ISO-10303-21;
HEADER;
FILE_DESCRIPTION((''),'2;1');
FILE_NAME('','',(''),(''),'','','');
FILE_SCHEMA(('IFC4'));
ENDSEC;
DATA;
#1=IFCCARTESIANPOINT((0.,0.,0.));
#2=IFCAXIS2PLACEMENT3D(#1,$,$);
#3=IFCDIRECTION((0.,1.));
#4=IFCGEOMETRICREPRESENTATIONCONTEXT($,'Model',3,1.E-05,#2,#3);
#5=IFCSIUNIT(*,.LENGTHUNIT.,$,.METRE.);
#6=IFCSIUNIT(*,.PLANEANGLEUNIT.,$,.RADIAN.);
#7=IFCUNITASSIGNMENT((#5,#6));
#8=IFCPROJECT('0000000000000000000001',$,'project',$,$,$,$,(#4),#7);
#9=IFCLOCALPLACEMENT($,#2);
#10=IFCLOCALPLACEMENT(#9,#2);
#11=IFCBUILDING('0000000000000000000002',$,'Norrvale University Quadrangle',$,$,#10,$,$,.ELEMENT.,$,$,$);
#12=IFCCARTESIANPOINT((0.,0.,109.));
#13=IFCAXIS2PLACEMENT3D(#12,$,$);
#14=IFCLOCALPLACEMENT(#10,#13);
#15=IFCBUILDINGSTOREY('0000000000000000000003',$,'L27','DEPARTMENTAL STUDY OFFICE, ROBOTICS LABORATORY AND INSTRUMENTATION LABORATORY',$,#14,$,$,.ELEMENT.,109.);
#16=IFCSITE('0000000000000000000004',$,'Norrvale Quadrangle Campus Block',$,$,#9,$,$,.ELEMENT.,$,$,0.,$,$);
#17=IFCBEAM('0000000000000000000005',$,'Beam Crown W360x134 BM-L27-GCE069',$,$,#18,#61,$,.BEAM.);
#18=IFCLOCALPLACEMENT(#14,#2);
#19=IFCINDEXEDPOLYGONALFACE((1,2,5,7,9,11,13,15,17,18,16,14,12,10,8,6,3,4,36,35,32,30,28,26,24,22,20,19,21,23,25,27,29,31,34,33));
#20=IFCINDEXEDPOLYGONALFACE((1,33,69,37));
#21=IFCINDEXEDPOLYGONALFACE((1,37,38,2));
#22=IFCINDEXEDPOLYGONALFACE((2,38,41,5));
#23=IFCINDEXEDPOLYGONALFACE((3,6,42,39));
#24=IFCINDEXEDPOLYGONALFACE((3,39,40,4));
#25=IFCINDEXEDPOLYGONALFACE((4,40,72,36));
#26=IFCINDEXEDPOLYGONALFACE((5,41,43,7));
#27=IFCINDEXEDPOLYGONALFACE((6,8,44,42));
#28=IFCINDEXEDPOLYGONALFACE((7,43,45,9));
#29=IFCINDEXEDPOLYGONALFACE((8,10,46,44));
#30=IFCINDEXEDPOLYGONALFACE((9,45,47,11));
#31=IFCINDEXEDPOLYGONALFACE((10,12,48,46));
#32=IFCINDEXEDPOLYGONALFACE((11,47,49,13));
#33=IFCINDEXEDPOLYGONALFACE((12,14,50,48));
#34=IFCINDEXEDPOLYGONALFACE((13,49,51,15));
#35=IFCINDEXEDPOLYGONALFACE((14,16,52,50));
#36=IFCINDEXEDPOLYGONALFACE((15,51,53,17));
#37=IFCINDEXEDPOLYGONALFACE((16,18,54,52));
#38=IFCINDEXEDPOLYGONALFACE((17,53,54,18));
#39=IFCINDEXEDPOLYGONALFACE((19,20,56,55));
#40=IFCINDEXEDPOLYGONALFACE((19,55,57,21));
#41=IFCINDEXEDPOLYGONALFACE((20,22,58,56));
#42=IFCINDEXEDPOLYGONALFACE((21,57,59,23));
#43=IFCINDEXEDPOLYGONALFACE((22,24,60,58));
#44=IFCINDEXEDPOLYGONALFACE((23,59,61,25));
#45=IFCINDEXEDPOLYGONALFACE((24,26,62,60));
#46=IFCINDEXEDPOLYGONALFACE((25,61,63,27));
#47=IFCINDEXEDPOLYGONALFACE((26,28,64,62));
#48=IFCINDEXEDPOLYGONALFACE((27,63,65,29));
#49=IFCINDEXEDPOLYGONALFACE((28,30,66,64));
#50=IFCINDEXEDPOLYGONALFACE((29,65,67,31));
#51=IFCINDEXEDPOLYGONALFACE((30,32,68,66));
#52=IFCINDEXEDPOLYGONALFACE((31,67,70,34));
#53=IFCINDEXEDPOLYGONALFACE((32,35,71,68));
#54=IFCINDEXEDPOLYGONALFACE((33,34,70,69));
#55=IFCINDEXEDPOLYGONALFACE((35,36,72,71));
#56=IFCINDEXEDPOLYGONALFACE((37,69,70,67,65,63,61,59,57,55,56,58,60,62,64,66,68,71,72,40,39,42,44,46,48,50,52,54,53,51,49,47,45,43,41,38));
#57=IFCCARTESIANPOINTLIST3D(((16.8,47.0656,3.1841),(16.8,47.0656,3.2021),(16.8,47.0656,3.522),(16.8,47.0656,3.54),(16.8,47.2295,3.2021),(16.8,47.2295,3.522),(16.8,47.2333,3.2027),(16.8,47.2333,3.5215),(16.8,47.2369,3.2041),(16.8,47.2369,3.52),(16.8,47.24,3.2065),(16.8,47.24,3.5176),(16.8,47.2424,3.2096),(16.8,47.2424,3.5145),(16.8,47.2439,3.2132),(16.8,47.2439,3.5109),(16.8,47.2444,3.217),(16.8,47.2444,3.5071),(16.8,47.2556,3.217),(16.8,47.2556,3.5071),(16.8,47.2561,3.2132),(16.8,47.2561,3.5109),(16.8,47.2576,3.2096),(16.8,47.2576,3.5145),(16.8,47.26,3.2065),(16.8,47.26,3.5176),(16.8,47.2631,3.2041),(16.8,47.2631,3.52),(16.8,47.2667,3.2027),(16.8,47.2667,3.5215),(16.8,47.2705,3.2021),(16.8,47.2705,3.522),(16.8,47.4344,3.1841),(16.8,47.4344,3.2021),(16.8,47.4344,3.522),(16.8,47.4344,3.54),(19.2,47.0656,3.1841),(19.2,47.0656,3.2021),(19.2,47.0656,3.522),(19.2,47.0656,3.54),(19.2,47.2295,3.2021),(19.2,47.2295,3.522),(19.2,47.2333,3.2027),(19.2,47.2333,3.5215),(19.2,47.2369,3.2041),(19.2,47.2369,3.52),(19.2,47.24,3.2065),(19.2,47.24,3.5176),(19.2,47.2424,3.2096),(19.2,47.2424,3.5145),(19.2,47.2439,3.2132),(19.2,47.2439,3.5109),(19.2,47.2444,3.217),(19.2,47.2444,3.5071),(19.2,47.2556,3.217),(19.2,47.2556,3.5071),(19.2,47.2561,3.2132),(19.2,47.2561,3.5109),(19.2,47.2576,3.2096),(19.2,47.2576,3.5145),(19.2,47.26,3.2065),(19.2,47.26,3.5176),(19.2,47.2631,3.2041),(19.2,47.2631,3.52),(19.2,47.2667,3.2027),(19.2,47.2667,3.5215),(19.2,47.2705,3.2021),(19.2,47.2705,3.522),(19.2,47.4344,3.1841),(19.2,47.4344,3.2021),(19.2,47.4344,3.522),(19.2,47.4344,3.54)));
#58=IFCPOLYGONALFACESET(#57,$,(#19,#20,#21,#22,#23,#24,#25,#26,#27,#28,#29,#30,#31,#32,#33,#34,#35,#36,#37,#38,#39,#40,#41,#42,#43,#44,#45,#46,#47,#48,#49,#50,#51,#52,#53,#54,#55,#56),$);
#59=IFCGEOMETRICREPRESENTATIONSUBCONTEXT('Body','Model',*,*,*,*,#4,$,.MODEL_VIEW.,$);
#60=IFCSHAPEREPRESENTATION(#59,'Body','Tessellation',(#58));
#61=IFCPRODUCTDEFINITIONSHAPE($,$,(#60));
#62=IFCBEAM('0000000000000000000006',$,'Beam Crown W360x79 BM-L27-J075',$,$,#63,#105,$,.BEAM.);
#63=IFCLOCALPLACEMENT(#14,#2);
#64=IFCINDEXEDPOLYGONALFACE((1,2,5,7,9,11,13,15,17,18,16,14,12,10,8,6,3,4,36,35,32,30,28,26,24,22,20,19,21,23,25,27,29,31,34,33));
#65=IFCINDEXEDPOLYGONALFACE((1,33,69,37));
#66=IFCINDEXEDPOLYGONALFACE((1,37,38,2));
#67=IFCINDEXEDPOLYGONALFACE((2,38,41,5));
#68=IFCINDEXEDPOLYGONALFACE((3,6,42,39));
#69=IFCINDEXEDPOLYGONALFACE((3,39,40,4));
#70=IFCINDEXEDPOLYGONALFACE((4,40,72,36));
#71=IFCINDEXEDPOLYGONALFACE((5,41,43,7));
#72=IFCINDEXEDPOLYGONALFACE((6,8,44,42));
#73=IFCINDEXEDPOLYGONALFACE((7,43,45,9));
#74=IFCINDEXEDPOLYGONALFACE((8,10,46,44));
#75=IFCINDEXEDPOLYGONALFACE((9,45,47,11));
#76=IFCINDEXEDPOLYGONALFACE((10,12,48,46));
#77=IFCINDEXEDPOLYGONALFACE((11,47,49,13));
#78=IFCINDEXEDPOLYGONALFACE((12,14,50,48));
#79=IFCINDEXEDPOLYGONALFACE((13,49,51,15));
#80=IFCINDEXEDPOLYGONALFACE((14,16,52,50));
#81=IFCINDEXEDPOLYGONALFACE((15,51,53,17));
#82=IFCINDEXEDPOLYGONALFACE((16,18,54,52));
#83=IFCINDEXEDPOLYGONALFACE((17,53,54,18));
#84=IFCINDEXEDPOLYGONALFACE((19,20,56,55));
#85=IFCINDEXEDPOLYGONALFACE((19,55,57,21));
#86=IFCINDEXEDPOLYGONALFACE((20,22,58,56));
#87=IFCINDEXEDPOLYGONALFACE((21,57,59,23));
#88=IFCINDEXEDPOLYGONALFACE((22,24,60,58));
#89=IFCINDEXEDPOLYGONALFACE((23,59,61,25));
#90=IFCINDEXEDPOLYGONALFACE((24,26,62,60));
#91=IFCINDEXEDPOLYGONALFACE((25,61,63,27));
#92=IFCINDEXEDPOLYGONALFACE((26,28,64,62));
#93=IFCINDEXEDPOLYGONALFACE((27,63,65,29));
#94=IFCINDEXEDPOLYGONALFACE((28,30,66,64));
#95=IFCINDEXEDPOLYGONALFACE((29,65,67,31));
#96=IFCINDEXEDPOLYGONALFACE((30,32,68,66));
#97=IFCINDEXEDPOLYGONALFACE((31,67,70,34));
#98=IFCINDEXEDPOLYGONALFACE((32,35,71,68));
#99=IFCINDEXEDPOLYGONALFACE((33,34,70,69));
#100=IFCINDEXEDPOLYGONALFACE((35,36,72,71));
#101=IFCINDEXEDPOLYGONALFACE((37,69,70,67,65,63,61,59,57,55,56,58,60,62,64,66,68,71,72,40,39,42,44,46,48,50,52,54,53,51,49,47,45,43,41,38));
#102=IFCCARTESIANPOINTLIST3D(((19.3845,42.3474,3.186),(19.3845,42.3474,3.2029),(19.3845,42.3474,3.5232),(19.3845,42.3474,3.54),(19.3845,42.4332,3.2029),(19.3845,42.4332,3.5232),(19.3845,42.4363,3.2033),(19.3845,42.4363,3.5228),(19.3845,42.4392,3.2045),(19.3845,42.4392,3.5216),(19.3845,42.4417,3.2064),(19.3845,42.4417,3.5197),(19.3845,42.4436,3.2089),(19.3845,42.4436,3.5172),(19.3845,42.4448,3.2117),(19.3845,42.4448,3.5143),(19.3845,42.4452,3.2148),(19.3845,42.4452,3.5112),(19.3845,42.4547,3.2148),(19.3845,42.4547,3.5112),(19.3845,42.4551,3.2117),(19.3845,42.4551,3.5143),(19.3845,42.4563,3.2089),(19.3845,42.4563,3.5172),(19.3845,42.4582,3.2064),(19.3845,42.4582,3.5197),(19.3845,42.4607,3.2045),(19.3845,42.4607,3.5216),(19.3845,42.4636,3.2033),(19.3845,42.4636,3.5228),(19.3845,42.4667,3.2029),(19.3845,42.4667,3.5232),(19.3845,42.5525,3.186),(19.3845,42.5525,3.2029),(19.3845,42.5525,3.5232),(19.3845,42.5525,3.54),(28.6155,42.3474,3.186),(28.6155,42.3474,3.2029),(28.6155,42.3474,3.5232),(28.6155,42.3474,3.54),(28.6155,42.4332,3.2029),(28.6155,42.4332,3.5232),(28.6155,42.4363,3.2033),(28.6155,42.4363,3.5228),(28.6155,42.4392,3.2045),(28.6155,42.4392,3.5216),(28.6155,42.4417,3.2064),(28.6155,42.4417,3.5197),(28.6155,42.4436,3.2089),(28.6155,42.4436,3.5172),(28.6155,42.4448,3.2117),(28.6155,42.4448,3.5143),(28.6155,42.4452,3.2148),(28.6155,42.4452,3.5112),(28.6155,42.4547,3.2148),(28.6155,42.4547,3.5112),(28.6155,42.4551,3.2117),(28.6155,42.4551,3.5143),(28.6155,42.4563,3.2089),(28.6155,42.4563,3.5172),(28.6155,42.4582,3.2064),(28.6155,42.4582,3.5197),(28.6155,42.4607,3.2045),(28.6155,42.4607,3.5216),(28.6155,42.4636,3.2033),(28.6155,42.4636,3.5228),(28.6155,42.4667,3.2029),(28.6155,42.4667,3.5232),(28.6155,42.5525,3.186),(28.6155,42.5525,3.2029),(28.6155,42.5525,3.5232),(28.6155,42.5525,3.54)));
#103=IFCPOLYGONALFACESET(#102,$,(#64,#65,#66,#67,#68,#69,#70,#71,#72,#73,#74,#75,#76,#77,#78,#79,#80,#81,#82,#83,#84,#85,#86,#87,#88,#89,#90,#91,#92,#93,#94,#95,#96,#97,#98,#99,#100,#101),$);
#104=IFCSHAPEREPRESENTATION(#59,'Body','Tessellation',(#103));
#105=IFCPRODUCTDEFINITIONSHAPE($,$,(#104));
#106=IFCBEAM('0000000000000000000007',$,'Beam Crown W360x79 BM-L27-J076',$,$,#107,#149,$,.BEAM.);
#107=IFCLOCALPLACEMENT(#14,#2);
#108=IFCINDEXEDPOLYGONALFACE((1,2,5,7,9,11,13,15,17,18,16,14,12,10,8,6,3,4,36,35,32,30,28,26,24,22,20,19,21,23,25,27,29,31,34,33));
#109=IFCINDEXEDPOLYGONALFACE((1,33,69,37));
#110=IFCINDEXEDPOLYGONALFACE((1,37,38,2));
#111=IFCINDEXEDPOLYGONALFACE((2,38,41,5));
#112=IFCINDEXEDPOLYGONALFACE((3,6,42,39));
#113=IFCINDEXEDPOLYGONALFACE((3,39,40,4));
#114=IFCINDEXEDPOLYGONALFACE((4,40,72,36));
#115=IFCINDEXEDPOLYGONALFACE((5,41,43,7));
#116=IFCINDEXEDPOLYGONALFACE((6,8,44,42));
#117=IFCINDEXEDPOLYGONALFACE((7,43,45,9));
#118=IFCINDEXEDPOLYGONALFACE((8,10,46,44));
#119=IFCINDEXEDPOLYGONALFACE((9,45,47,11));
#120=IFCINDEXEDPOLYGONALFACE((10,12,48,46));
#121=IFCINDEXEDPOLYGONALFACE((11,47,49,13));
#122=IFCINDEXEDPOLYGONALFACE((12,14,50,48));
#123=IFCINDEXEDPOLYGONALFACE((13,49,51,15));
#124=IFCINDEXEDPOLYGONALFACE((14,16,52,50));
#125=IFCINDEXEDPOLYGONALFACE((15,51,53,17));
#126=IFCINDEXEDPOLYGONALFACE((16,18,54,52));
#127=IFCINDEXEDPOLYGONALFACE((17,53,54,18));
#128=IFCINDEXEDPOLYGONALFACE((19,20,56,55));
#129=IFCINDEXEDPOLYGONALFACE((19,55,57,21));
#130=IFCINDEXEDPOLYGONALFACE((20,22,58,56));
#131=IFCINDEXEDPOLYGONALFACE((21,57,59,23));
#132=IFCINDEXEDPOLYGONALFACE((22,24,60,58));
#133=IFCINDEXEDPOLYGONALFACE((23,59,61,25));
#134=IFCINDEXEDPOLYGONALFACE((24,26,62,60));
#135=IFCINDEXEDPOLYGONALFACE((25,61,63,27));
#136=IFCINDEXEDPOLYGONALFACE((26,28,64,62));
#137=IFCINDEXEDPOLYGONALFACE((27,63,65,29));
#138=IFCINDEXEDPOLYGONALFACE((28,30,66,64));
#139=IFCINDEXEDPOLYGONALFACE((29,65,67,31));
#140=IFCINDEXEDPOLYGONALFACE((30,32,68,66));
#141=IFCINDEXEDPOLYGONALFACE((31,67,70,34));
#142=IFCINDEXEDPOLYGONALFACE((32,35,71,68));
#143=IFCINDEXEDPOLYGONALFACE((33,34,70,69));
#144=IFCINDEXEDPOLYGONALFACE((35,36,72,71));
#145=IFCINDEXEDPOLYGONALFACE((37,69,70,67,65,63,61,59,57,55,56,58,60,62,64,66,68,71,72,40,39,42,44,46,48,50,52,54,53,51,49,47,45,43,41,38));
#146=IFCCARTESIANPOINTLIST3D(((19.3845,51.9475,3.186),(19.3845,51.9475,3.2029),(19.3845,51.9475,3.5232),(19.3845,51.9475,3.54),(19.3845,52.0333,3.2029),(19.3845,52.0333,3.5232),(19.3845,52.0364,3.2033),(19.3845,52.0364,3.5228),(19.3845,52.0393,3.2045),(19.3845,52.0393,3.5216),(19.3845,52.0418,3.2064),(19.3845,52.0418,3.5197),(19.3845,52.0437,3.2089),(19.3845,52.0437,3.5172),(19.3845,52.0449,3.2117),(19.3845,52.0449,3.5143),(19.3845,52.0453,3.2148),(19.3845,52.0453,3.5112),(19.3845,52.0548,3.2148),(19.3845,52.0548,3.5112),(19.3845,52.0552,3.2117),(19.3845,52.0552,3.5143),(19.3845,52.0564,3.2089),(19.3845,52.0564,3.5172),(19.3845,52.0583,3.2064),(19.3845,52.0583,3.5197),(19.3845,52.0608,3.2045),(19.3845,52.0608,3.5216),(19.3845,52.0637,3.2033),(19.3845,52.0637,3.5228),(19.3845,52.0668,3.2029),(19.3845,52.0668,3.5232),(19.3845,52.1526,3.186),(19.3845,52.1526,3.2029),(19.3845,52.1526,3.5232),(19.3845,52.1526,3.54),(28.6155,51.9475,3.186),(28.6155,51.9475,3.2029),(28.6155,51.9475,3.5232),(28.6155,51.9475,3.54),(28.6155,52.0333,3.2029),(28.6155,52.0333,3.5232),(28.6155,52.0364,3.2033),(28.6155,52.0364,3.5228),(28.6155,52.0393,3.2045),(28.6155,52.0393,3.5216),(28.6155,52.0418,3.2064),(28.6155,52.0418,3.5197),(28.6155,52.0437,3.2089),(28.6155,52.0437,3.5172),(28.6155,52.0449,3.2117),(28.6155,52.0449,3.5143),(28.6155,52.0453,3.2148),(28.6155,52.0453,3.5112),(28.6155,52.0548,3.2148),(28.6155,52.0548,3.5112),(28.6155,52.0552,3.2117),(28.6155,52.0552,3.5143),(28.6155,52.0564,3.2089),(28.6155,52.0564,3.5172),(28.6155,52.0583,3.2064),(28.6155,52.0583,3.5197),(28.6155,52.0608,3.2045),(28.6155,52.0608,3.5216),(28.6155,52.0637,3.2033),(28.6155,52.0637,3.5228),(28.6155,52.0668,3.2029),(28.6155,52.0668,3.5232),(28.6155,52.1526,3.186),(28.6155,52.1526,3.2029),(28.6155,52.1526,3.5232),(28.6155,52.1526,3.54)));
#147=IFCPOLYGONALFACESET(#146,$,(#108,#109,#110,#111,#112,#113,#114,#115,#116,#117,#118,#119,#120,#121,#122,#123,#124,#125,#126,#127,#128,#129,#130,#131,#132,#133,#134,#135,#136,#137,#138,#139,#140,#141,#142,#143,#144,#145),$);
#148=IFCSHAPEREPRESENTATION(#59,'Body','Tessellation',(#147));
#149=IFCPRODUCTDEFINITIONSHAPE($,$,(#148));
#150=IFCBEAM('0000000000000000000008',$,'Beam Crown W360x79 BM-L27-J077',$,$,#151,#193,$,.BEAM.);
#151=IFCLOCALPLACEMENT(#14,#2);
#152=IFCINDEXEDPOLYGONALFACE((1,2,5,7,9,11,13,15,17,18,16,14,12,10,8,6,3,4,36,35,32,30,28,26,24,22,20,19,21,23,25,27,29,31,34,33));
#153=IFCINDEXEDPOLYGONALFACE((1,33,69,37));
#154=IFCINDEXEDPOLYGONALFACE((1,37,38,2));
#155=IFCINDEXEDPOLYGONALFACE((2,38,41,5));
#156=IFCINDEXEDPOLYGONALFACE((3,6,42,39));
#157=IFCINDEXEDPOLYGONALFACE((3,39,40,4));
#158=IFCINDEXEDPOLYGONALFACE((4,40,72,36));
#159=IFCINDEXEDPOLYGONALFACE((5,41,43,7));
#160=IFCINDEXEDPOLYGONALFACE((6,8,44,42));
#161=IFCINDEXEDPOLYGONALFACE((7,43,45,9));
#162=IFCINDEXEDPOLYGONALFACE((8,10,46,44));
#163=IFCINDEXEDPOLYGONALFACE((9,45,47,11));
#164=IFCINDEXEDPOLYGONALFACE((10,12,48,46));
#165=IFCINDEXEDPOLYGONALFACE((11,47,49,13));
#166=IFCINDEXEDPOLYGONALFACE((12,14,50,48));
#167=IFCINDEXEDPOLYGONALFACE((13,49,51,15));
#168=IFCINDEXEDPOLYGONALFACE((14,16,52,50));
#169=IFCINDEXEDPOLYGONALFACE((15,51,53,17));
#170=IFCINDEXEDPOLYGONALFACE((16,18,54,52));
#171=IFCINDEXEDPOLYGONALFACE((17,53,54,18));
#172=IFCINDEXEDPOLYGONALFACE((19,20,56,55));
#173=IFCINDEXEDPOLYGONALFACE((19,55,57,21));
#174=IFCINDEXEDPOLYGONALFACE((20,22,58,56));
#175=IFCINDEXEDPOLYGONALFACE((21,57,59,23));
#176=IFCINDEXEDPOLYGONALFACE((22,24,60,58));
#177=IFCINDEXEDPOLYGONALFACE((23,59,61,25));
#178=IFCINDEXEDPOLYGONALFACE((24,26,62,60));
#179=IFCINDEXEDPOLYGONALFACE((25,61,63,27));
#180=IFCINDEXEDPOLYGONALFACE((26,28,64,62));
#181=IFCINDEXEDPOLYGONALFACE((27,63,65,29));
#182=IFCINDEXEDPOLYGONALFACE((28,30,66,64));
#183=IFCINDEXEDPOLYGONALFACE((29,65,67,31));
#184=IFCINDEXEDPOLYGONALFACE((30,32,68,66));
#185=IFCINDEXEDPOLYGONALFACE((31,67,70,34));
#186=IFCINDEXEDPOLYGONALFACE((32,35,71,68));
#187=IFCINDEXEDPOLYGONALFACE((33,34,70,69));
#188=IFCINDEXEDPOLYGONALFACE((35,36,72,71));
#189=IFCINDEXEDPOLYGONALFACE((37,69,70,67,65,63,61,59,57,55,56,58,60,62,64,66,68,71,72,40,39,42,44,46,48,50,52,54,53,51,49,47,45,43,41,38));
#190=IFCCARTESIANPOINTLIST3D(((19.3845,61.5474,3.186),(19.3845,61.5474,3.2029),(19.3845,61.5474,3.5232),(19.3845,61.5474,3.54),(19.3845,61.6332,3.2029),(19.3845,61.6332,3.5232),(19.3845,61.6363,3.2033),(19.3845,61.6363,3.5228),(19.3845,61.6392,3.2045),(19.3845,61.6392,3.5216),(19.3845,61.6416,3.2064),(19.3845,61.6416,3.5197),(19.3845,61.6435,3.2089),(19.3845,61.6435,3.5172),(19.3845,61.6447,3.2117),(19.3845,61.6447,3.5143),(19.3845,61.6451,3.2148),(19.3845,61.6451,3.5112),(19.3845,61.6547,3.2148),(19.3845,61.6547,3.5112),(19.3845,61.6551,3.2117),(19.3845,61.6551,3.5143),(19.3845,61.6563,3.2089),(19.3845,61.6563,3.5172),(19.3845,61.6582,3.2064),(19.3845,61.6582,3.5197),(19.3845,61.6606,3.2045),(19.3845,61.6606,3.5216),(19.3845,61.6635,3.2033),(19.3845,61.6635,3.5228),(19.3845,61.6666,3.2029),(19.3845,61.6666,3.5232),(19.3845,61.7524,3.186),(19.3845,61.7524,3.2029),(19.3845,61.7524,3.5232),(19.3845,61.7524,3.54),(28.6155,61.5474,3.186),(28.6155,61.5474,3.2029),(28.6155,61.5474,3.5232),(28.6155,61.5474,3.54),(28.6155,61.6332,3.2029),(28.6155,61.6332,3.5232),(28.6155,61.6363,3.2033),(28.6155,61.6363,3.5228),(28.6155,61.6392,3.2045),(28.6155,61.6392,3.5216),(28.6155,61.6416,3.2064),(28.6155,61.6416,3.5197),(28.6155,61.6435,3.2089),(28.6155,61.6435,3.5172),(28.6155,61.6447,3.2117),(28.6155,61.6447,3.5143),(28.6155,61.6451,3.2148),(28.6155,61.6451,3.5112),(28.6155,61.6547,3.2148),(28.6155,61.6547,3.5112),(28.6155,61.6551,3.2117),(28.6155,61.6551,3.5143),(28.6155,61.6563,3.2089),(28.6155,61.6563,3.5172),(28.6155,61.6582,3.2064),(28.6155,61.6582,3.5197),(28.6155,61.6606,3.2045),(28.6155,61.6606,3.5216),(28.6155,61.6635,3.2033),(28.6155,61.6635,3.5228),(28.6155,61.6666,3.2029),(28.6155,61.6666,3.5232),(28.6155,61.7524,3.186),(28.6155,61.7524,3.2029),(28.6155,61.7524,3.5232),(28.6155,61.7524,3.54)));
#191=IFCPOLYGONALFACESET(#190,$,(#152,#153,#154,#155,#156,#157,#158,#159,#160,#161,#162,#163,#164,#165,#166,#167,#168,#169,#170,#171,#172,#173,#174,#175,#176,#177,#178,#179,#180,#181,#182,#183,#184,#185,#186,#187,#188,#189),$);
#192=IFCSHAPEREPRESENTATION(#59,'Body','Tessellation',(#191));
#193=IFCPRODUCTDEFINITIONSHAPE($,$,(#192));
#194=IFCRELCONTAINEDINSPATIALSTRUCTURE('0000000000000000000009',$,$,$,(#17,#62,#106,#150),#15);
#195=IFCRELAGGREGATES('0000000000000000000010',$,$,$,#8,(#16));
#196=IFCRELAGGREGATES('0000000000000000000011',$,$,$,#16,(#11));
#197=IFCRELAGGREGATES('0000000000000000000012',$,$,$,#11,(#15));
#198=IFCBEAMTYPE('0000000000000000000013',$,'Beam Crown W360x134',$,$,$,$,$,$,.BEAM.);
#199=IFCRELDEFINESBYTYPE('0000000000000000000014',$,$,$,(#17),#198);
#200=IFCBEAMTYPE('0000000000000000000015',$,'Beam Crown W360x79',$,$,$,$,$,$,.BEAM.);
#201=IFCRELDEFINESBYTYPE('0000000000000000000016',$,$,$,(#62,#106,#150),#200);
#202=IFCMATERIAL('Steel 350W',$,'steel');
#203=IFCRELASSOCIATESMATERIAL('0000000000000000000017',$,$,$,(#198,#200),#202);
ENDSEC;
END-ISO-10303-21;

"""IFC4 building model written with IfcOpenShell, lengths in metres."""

from ifc_helpers import new_model, si_unit, direction, frame, origin, origin_2d, place, context, subcontext, project, spatial, i_section, extrude, material, material_profile, profile_set, type_object, element, save


model = new_model("IFC4")

# Units and contexts
model_context = context("Model", 3, precision=1e-05, world=origin(), true_north=direction((0.0, 1.0)))
body_context = subcontext(model_context, "Body", "Model", "MODEL_VIEW")
ifc_project = project(units=[si_unit("LENGTHUNIT", "METRE"), si_unit("PLANEANGLEUNIT", "RADIAN")], contexts=[model_context])

# Site, building, storey
site_placement = place(None, origin())
site = spatial("IfcSite", under=ifc_project, at=site_placement, Name="Norrvale Quadrangle Campus Block", CompositionType="ELEMENT", RefElevation=0.0)
building_placement = place(site_placement, origin())
building = spatial("IfcBuilding", under=site, at=building_placement, Name="Norrvale University Quadrangle", CompositionType="ELEMENT")
storey_placement = place(building_placement, frame((0.0, 0.0, 109.0)))
storey = spatial("IfcBuildingStorey", under=building, at=storey_placement, Name="L27", Description="DEPARTMENTAL STUDY OFFICE, ROBOTICS LABORATORY AND INSTRUMENTATION LABORATORY", CompositionType="ELEMENT", Elevation=109.0)

# Beams
ifc_material_1 = material(Name="Steel 350W", Category="steel")
ifc_material_profile_1 = material_profile(ifc_material_1, i_section(OverallWidth=0.3689, OverallDepth=0.356, WebThickness=0.0112, FlangeThickness=0.0181, FilletRadius=0.0149, at=origin_2d()), Name="Steel 350W")
ifc_profile_set_1 = profile_set([ifc_material_profile_1], Name="Steel 350W")
beam_type_1 = type_object("IfcBeamType", Name="Beam Crown W360x134", PredefinedType="BEAM", material=ifc_profile_set_1)
beam_1_placement = place(storey_placement, frame((16.8, 47.25, 3.3621), z_axis=(1.0, 0.0, 0.0), x_axis=(0.0, 1.0, 0.0)))
element("IfcBeam", 1, at=beam_1_placement, inside=storey, type_object=beam_type_1, Name="Beam Crown W360x134 BM-L27-GCE069", PredefinedType="BEAM", context=body_context, shape_type="SweptSolid", body=[
    extrude(i_section(OverallWidth=0.3689, OverallDepth=0.356, WebThickness=0.0112, FlangeThickness=0.0181, FilletRadius=0.0149, at=origin_2d()), origin(), (0.0, 0.0, 1.0), 2.3999),
])
ifc_material_profile_2 = material_profile(ifc_material_1, i_section(OverallWidth=0.2051, OverallDepth=0.354, WebThickness=0.0095, FlangeThickness=0.0168, FilletRadius=0.012, at=origin_2d()), Name="Steel 350W")
ifc_profile_set_2 = profile_set([ifc_material_profile_2], Name="Steel 350W")
beam_type_2 = type_object("IfcBeamType", Name="Beam Crown W360x79", PredefinedType="BEAM", material=ifc_profile_set_2)
for number, where, z_axis, x_axis, name in (
    (2, (19.3845, 42.45, 3.363), (1.0, 0.0, 0.0), (0.0, 1.0, 0.0), "Beam Crown W360x79 BM-L27-J075"),
    (3, (19.3845, 52.05, 3.363), (1.0, 0.0, 0.0), (0.0, 1.0, 0.0), "Beam Crown W360x79 BM-L27-J076"),
    (4, (19.3845, 61.6499, 3.363), (1.0, 0.0, 0.0), (0.0, 1.0, 0.0), "Beam Crown W360x79 BM-L27-J077"),
):
    element("IfcBeam", number, at=place(storey_placement, frame(where, z_axis=z_axis, x_axis=x_axis)), inside=storey, type_object=beam_type_2, Name=name, PredefinedType="BEAM", context=body_context, shape_type="SweptSolid", body=[
        extrude(i_section(OverallWidth=0.2051, OverallDepth=0.354, WebThickness=0.0095, FlangeThickness=0.0168, FilletRadius=0.012, at=origin_2d()), origin(), (0.0, 0.0, 1.0), 9.231),
    ])

save(model, "model.ifc")
